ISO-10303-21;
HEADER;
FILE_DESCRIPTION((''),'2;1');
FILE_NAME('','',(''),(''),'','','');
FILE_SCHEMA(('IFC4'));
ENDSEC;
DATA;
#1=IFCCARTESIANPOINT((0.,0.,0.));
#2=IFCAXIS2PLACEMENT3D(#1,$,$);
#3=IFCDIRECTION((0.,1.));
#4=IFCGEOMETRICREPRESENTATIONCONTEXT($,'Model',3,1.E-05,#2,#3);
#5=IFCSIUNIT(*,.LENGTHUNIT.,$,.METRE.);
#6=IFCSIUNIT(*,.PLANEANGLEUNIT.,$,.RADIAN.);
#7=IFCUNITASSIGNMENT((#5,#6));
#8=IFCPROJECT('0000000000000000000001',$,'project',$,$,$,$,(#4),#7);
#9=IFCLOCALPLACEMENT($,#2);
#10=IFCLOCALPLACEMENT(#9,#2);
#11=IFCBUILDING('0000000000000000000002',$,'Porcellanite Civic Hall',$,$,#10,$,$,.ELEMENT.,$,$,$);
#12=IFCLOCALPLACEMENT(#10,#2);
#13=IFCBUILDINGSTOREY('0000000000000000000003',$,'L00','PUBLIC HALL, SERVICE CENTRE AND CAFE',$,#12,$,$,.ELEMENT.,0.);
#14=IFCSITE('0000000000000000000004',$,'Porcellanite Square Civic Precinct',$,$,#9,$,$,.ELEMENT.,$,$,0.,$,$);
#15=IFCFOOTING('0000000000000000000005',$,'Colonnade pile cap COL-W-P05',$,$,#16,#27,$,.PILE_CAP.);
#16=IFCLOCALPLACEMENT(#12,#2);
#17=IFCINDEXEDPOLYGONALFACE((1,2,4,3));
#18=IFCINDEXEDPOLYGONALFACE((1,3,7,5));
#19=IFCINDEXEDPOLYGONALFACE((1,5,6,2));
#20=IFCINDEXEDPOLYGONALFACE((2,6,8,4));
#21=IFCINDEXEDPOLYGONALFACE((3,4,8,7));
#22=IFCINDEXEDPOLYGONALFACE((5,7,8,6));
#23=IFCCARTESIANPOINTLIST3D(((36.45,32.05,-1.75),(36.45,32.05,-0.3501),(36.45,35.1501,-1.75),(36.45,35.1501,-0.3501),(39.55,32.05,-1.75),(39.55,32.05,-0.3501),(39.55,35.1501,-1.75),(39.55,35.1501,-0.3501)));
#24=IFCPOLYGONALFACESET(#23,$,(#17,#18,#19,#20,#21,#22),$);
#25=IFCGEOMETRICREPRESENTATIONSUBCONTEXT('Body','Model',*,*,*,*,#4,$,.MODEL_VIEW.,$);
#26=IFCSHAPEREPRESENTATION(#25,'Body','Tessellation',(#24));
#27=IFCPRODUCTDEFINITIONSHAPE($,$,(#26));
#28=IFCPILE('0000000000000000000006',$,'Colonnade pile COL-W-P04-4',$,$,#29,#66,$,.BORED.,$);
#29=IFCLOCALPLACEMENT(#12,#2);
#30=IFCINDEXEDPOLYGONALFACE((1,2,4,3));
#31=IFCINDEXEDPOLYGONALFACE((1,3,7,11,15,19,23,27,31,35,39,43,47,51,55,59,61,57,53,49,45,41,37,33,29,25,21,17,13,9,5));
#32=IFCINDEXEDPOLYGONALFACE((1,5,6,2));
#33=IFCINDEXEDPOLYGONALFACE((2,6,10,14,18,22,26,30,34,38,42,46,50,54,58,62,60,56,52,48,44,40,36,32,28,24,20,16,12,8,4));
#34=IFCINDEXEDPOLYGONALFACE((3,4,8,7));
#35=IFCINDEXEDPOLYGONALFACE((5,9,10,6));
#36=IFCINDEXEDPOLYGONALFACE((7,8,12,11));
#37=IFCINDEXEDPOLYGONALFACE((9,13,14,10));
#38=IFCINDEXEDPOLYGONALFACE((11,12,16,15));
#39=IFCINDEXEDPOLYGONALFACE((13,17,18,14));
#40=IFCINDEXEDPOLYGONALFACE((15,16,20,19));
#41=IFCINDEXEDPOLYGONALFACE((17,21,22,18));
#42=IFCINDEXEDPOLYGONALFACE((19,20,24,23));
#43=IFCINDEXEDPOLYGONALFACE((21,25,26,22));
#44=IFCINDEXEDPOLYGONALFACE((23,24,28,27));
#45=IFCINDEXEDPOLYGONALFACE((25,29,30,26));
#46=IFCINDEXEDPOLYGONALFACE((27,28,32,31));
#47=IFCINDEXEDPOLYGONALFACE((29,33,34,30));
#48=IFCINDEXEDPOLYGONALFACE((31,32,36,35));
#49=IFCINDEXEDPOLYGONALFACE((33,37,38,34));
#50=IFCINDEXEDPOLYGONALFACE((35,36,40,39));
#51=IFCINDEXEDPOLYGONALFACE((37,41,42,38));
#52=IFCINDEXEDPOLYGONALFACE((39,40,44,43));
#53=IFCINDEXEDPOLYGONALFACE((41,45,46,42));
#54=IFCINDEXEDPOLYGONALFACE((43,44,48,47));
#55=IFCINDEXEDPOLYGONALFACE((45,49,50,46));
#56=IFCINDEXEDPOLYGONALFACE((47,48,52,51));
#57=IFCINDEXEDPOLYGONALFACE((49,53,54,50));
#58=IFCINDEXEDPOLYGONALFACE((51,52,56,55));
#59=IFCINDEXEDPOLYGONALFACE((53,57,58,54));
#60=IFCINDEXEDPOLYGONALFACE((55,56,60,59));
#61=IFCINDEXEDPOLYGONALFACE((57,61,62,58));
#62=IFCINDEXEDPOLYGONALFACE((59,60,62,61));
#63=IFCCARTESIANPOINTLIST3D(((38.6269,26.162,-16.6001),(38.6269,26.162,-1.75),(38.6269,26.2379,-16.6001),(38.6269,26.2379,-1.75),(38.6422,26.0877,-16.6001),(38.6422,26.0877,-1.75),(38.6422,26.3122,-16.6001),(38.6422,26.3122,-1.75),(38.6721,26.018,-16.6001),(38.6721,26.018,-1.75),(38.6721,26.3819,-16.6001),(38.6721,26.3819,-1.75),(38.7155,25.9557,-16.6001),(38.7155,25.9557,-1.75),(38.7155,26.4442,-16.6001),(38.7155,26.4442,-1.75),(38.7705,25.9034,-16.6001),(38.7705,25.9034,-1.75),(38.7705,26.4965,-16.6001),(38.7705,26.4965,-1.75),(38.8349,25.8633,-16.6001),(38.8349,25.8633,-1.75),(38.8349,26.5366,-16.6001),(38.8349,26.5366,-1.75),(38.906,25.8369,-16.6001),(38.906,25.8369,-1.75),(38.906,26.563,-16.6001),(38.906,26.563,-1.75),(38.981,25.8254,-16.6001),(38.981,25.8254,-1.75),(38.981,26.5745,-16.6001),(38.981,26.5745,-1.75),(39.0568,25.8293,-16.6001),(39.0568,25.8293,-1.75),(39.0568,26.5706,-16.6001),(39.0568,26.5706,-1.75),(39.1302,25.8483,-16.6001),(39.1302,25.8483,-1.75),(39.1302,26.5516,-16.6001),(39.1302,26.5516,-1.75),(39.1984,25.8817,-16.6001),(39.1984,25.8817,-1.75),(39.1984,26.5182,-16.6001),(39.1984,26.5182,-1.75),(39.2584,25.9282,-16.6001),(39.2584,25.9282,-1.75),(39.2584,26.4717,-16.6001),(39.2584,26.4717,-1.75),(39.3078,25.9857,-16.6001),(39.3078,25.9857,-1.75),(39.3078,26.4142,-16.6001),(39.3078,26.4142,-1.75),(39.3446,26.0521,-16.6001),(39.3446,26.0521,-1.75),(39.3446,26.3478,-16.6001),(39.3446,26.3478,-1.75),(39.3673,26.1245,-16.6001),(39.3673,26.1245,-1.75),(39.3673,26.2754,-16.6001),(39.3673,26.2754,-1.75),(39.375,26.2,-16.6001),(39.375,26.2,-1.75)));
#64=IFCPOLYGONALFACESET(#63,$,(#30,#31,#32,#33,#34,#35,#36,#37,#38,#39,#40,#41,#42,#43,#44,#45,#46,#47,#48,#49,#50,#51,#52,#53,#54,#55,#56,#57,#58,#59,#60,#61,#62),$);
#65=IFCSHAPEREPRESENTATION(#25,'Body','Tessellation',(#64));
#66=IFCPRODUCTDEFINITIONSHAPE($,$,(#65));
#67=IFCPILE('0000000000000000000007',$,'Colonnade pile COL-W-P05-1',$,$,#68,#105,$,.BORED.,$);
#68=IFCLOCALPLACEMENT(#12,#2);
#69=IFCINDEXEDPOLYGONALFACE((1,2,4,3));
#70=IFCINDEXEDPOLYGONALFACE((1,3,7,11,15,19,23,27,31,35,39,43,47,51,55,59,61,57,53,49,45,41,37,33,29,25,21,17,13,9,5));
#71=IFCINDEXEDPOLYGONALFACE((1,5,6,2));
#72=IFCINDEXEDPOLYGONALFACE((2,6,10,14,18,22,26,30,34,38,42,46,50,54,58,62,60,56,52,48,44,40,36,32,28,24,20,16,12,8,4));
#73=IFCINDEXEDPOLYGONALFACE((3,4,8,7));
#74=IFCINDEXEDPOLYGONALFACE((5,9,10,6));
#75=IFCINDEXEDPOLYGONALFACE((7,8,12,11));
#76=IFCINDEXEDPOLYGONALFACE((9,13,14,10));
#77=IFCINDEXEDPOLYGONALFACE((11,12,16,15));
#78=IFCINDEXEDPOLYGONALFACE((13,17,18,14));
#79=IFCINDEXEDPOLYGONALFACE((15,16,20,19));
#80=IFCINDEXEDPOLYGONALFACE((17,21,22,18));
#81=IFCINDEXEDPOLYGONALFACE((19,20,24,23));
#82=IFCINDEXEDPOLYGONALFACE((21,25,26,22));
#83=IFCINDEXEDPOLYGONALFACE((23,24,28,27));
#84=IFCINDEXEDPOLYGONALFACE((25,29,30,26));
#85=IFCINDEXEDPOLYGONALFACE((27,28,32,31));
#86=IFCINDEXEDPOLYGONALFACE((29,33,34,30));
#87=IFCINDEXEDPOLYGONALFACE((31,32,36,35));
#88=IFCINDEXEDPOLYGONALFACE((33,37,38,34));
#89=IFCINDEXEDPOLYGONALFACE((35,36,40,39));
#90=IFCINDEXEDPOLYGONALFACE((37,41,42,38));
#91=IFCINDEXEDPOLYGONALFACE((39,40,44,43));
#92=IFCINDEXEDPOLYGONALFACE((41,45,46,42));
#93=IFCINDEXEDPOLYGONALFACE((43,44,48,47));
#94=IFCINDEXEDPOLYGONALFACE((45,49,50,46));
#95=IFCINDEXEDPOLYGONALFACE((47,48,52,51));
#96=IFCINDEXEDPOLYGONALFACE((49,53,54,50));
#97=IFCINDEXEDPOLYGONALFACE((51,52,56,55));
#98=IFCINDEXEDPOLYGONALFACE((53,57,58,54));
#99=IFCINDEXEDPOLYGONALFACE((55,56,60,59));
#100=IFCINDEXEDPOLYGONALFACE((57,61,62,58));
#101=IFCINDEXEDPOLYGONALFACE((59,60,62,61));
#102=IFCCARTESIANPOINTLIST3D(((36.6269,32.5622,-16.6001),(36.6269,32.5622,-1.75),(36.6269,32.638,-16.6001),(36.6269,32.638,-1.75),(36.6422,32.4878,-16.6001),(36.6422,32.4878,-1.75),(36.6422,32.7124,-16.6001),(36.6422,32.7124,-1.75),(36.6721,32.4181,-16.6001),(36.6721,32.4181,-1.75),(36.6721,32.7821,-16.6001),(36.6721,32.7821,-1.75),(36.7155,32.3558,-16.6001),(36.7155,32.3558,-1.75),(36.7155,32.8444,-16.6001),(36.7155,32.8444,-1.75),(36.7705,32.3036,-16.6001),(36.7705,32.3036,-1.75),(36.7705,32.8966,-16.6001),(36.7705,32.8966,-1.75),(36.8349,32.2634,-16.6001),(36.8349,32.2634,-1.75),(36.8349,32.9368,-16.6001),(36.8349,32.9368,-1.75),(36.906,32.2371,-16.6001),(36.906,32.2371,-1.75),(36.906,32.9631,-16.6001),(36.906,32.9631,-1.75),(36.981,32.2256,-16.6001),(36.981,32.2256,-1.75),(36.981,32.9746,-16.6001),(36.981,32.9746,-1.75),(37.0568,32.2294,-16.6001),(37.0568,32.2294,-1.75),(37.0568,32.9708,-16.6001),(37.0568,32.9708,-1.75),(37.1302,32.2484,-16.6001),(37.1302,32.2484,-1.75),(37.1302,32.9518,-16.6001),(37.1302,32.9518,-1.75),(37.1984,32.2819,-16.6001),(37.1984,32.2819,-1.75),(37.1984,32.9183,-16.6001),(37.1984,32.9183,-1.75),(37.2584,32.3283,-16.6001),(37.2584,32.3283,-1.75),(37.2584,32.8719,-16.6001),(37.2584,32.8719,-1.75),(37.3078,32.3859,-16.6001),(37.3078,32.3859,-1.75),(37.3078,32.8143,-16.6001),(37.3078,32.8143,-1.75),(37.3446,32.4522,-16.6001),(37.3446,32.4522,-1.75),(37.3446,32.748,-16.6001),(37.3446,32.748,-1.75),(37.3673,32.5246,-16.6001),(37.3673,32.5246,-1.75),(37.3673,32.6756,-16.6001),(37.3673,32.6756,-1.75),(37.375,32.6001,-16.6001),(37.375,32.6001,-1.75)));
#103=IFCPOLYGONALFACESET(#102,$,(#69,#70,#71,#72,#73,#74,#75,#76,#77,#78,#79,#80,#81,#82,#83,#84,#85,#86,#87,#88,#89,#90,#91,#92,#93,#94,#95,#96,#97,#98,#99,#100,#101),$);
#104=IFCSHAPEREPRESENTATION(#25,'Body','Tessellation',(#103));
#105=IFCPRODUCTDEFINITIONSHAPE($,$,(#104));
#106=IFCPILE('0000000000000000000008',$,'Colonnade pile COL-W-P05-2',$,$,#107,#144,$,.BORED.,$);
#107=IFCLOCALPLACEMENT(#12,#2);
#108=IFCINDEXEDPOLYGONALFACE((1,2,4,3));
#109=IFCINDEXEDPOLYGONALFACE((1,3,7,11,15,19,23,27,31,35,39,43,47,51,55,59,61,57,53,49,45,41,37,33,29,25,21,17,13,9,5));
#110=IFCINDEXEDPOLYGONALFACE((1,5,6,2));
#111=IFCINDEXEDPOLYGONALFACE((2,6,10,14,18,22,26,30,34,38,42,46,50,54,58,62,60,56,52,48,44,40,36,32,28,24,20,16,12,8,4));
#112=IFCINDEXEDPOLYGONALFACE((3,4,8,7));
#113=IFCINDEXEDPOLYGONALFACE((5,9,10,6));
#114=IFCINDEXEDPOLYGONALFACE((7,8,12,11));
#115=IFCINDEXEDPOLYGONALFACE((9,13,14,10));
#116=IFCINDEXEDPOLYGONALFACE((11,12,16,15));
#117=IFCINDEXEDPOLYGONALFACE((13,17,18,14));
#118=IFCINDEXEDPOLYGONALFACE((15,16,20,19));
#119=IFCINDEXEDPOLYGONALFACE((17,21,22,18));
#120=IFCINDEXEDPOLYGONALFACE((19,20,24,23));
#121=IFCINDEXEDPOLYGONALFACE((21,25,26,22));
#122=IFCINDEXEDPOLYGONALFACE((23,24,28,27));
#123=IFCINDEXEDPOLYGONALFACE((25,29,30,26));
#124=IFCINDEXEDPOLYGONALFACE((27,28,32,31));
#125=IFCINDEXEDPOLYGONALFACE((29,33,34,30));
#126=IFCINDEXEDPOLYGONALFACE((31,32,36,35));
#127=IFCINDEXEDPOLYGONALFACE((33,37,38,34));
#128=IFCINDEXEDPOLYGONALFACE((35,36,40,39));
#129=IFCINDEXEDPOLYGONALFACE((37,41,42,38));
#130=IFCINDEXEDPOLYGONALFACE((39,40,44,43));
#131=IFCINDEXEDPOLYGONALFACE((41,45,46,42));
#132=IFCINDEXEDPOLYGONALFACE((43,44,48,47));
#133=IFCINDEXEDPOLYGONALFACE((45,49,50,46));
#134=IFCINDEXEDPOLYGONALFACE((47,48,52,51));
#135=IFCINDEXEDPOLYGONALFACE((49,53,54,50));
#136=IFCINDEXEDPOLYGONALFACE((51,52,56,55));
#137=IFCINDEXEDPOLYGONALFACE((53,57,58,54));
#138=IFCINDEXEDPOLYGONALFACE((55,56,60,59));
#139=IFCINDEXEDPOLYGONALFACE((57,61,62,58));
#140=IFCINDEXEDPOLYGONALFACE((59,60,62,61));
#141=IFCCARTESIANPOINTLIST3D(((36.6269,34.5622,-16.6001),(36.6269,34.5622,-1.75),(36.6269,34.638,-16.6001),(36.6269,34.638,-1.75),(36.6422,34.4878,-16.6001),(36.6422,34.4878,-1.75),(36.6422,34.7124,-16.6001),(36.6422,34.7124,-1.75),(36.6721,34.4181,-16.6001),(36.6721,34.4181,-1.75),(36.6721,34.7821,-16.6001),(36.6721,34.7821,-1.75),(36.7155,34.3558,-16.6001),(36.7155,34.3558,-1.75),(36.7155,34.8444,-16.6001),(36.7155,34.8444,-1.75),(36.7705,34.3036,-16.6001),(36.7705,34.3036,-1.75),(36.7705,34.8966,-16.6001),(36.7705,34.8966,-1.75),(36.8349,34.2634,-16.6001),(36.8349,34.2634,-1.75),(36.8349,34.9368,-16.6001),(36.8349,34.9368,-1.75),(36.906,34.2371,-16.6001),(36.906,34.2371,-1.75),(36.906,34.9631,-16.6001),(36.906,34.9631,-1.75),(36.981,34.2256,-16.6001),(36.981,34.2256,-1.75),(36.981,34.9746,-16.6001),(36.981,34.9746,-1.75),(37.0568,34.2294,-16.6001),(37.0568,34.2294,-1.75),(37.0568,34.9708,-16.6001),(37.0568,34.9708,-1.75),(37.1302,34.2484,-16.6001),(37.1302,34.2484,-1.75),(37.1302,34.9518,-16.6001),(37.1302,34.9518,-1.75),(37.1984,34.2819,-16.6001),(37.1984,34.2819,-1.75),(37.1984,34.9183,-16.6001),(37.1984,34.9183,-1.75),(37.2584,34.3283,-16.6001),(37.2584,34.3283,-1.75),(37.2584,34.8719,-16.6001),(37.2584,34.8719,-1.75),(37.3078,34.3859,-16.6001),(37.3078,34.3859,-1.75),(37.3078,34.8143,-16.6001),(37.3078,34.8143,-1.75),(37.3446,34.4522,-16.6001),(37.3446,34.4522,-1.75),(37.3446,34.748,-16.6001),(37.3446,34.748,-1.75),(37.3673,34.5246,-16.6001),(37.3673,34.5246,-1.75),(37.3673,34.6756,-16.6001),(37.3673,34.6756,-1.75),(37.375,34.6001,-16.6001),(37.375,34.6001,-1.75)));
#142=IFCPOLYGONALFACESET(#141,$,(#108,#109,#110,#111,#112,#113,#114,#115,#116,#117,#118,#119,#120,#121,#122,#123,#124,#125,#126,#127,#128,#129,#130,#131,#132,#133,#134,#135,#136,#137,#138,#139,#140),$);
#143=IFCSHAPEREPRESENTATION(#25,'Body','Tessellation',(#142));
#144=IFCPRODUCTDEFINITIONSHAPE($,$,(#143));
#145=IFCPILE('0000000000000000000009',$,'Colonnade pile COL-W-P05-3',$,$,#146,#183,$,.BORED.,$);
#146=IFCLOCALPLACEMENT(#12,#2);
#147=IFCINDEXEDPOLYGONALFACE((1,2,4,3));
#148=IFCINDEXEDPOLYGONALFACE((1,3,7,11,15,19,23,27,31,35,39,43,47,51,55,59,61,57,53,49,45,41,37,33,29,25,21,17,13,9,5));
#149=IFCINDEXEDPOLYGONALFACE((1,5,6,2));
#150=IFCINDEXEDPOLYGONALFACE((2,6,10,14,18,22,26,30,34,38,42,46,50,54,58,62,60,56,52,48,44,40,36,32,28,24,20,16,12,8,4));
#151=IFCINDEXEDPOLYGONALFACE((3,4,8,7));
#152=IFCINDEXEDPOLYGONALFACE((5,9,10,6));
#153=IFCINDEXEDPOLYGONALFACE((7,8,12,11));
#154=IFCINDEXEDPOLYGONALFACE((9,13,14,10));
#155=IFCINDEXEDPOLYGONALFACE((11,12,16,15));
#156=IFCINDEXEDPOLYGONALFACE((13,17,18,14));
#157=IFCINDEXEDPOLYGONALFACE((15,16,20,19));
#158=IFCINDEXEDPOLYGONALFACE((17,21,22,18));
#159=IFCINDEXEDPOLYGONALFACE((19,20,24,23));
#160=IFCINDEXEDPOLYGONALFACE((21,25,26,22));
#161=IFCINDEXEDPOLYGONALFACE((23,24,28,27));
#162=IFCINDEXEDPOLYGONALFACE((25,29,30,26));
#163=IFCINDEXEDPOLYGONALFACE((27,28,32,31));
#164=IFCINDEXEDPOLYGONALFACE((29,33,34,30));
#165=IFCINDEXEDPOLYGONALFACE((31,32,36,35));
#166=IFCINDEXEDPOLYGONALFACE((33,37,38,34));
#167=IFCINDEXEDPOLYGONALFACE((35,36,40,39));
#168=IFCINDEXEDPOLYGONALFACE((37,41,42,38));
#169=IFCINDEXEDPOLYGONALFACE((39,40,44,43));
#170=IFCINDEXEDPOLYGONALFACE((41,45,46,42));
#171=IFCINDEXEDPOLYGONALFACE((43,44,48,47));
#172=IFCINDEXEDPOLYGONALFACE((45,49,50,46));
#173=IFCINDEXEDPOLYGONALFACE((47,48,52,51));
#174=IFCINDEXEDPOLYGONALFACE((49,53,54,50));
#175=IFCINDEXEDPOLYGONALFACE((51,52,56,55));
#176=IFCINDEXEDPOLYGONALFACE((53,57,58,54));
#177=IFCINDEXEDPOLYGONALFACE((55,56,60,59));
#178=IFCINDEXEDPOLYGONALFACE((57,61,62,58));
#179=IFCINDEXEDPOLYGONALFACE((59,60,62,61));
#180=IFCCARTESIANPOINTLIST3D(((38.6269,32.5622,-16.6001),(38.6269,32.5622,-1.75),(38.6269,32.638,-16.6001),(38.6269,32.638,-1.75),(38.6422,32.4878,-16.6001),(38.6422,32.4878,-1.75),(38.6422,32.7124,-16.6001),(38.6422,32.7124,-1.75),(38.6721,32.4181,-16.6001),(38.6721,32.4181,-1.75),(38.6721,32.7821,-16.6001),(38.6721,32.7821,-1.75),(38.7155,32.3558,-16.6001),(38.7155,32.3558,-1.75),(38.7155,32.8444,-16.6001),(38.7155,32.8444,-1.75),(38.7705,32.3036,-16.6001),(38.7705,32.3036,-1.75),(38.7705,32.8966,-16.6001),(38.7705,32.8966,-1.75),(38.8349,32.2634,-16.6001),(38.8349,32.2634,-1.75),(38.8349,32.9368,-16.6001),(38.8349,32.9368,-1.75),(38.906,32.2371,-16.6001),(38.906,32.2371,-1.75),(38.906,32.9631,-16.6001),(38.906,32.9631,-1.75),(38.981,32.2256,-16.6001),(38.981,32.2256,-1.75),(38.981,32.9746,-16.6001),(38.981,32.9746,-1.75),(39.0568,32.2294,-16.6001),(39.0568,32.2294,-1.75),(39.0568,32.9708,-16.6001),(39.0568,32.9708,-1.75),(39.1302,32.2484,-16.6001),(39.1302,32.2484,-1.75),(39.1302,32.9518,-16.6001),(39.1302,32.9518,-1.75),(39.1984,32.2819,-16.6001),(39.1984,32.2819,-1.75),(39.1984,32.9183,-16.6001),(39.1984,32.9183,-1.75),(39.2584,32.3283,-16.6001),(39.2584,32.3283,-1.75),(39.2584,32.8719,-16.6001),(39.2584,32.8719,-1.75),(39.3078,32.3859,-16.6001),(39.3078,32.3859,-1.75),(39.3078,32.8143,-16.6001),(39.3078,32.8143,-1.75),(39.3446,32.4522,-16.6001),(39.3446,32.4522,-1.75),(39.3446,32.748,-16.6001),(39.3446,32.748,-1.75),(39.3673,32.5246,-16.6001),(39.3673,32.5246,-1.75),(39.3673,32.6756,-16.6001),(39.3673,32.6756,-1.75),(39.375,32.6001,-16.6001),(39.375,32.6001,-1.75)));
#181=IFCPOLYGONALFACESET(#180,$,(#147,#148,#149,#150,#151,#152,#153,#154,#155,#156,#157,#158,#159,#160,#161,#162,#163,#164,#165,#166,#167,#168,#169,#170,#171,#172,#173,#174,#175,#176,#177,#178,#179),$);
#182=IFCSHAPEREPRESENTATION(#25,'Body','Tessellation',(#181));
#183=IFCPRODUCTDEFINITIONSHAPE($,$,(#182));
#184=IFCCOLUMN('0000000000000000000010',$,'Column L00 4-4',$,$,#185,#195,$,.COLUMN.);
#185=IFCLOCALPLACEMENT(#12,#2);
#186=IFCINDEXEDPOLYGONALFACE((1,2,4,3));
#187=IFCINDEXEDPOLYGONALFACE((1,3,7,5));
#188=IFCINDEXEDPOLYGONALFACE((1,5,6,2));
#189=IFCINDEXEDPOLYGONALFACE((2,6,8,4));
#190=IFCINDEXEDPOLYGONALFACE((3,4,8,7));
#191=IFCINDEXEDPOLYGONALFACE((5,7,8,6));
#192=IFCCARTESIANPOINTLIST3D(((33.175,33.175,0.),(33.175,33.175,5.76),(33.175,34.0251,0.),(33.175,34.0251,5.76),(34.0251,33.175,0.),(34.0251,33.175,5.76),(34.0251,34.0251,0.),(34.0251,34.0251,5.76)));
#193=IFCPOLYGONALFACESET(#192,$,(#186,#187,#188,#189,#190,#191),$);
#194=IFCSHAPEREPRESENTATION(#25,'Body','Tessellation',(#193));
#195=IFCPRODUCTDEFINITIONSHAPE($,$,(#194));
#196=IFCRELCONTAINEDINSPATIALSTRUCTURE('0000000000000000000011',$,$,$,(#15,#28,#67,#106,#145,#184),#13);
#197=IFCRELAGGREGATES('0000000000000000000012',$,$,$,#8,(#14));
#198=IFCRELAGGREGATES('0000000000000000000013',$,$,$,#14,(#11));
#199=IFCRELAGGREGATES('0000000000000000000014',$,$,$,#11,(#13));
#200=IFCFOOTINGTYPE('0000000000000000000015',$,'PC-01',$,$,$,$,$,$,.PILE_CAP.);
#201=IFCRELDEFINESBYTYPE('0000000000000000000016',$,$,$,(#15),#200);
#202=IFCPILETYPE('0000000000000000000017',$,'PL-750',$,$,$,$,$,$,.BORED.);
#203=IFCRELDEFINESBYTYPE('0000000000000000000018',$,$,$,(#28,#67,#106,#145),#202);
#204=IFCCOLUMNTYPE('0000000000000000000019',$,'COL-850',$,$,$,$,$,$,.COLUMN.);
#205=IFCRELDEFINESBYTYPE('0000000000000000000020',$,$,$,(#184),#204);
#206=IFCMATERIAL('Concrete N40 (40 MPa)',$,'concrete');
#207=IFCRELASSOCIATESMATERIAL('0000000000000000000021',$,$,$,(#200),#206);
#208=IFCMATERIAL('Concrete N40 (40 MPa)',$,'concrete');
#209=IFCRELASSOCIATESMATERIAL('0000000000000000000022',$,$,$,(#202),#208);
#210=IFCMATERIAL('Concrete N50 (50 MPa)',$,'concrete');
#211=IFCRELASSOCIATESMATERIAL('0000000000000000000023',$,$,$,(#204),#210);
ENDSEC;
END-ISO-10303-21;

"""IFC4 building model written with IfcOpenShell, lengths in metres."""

from ifc_helpers import new_model, si_unit, direction, frame, origin, origin_2d, place, context, subcontext, project, spatial, rectangle, circle, extrude, material, material_profile, profile_set, type_object, element, save


model = new_model("IFC4")

# Units and contexts
model_context = context("Model", 3, precision=1e-05, world=origin(), true_north=direction((0.0, 1.0)))
body_context = subcontext(model_context, "Body", "Model", "MODEL_VIEW")
ifc_project = project(units=[si_unit("LENGTHUNIT", "METRE"), si_unit("PLANEANGLEUNIT", "RADIAN")], contexts=[model_context])

# Site, building, storey
site_placement = place(None, origin())
site = spatial("IfcSite", under=ifc_project, at=site_placement, Name="Porcellanite Square Civic Precinct", CompositionType="ELEMENT", RefElevation=0.0)
building_placement = place(site_placement, origin())
building = spatial("IfcBuilding", under=site, at=building_placement, Name="Porcellanite Civic Hall", CompositionType="ELEMENT")
storey_placement = place(building_placement, origin())
storey = spatial("IfcBuildingStorey", under=building, at=storey_placement, Name="L00", Description="PUBLIC HALL, SERVICE CENTRE AND CAFE", CompositionType="ELEMENT", Elevation=0.0)

# Footing
ifc_material_1 = material(Name="Concrete N40 (40 MPa)", Category="concrete")
footing_type = type_object("IfcFootingType", Name="PC-01", PredefinedType="PILE_CAP", material=ifc_material_1)
footing_placement = place(storey_placement, frame((38.0, 33.6001, -1.75), z_axis=(0.0, 0.0, 1.0), x_axis=(1.0, 0.0, 0.0)))
element("IfcFooting", 1, at=footing_placement, inside=storey, type_object=footing_type, Name="Colonnade pile cap COL-W-P05", PredefinedType="PILE_CAP", context=body_context, shape_type="SweptSolid", body=[
    extrude(rectangle(XDim=3.1001, YDim=3.1001, at=origin_2d()), origin(), (0.0, 0.0, 1.0), 1.3999),
])

# Piles
ifc_material_2 = material(Name="Concrete N40 (40 MPa)", Category="concrete")
ifc_material_profile_1 = material_profile(ifc_material_2, circle(Radius=0.375, at=origin_2d()), Name="PILE-D750")
ifc_profile_set_1 = profile_set([ifc_material_profile_1], Name="Concrete N40 (40 MPa)")
pile_type = type_object("IfcPileType", Name="PL-750", PredefinedType="BORED", material=ifc_profile_set_1)
for number, where, z_axis, x_axis, name in (
    (2, (39.0, 26.2, -1.75), (0.0, 0.0, -1.0), (1.0, 0.0, 0.0), "Colonnade pile COL-W-P04-4"),
    (3, (37.0, 32.6001, -1.75), (0.0, 0.0, -1.0), (1.0, 0.0, 0.0), "Colonnade pile COL-W-P05-1"),
    (4, (37.0, 34.6001, -1.75), (0.0, 0.0, -1.0), (1.0, 0.0, 0.0), "Colonnade pile COL-W-P05-2"),
    (5, (39.0, 32.6001, -1.75), (0.0, 0.0, -1.0), (1.0, 0.0, 0.0), "Colonnade pile COL-W-P05-3"),
):
    element("IfcPile", number, at=place(storey_placement, frame(where, z_axis=z_axis, x_axis=x_axis)), inside=storey, type_object=pile_type, Name=name, PredefinedType="BORED", context=body_context, shape_type="SweptSolid", body=[
        extrude(circle(Radius=0.375, at=origin_2d()), origin(), (0.0, 0.0, 1.0), 14.8501),
    ])

# Column
ifc_material_3 = material(Name="Concrete N50 (50 MPa)", Category="concrete")
ifc_material_profile_2 = material_profile(ifc_material_3, rectangle(XDim=0.8501, YDim=0.8501, at=origin_2d()), Name="RC-850x850")
ifc_profile_set_2 = profile_set([ifc_material_profile_2], Name="Concrete N50 (50 MPa)")
column_type_1 = type_object("IfcColumnType", Name="COL-850", PredefinedType="COLUMN", material=ifc_profile_set_2)
column_1_placement = place(storey_placement, frame((33.6001, 33.6001, 0.0), z_axis=(0.0, 0.0, 1.0), x_axis=(1.0, 0.0, 0.0)))
element("IfcColumn", 6, at=column_1_placement, inside=storey, type_object=column_type_1, Name="Column L00 4-4", PredefinedType="COLUMN", context=body_context, shape_type="SweptSolid", body=[
    extrude(rectangle(XDim=0.8501, YDim=0.8501, at=origin_2d()), origin(), (0.0, 0.0, 1.0), 5.76),
])

save(model, "model.ifc")
